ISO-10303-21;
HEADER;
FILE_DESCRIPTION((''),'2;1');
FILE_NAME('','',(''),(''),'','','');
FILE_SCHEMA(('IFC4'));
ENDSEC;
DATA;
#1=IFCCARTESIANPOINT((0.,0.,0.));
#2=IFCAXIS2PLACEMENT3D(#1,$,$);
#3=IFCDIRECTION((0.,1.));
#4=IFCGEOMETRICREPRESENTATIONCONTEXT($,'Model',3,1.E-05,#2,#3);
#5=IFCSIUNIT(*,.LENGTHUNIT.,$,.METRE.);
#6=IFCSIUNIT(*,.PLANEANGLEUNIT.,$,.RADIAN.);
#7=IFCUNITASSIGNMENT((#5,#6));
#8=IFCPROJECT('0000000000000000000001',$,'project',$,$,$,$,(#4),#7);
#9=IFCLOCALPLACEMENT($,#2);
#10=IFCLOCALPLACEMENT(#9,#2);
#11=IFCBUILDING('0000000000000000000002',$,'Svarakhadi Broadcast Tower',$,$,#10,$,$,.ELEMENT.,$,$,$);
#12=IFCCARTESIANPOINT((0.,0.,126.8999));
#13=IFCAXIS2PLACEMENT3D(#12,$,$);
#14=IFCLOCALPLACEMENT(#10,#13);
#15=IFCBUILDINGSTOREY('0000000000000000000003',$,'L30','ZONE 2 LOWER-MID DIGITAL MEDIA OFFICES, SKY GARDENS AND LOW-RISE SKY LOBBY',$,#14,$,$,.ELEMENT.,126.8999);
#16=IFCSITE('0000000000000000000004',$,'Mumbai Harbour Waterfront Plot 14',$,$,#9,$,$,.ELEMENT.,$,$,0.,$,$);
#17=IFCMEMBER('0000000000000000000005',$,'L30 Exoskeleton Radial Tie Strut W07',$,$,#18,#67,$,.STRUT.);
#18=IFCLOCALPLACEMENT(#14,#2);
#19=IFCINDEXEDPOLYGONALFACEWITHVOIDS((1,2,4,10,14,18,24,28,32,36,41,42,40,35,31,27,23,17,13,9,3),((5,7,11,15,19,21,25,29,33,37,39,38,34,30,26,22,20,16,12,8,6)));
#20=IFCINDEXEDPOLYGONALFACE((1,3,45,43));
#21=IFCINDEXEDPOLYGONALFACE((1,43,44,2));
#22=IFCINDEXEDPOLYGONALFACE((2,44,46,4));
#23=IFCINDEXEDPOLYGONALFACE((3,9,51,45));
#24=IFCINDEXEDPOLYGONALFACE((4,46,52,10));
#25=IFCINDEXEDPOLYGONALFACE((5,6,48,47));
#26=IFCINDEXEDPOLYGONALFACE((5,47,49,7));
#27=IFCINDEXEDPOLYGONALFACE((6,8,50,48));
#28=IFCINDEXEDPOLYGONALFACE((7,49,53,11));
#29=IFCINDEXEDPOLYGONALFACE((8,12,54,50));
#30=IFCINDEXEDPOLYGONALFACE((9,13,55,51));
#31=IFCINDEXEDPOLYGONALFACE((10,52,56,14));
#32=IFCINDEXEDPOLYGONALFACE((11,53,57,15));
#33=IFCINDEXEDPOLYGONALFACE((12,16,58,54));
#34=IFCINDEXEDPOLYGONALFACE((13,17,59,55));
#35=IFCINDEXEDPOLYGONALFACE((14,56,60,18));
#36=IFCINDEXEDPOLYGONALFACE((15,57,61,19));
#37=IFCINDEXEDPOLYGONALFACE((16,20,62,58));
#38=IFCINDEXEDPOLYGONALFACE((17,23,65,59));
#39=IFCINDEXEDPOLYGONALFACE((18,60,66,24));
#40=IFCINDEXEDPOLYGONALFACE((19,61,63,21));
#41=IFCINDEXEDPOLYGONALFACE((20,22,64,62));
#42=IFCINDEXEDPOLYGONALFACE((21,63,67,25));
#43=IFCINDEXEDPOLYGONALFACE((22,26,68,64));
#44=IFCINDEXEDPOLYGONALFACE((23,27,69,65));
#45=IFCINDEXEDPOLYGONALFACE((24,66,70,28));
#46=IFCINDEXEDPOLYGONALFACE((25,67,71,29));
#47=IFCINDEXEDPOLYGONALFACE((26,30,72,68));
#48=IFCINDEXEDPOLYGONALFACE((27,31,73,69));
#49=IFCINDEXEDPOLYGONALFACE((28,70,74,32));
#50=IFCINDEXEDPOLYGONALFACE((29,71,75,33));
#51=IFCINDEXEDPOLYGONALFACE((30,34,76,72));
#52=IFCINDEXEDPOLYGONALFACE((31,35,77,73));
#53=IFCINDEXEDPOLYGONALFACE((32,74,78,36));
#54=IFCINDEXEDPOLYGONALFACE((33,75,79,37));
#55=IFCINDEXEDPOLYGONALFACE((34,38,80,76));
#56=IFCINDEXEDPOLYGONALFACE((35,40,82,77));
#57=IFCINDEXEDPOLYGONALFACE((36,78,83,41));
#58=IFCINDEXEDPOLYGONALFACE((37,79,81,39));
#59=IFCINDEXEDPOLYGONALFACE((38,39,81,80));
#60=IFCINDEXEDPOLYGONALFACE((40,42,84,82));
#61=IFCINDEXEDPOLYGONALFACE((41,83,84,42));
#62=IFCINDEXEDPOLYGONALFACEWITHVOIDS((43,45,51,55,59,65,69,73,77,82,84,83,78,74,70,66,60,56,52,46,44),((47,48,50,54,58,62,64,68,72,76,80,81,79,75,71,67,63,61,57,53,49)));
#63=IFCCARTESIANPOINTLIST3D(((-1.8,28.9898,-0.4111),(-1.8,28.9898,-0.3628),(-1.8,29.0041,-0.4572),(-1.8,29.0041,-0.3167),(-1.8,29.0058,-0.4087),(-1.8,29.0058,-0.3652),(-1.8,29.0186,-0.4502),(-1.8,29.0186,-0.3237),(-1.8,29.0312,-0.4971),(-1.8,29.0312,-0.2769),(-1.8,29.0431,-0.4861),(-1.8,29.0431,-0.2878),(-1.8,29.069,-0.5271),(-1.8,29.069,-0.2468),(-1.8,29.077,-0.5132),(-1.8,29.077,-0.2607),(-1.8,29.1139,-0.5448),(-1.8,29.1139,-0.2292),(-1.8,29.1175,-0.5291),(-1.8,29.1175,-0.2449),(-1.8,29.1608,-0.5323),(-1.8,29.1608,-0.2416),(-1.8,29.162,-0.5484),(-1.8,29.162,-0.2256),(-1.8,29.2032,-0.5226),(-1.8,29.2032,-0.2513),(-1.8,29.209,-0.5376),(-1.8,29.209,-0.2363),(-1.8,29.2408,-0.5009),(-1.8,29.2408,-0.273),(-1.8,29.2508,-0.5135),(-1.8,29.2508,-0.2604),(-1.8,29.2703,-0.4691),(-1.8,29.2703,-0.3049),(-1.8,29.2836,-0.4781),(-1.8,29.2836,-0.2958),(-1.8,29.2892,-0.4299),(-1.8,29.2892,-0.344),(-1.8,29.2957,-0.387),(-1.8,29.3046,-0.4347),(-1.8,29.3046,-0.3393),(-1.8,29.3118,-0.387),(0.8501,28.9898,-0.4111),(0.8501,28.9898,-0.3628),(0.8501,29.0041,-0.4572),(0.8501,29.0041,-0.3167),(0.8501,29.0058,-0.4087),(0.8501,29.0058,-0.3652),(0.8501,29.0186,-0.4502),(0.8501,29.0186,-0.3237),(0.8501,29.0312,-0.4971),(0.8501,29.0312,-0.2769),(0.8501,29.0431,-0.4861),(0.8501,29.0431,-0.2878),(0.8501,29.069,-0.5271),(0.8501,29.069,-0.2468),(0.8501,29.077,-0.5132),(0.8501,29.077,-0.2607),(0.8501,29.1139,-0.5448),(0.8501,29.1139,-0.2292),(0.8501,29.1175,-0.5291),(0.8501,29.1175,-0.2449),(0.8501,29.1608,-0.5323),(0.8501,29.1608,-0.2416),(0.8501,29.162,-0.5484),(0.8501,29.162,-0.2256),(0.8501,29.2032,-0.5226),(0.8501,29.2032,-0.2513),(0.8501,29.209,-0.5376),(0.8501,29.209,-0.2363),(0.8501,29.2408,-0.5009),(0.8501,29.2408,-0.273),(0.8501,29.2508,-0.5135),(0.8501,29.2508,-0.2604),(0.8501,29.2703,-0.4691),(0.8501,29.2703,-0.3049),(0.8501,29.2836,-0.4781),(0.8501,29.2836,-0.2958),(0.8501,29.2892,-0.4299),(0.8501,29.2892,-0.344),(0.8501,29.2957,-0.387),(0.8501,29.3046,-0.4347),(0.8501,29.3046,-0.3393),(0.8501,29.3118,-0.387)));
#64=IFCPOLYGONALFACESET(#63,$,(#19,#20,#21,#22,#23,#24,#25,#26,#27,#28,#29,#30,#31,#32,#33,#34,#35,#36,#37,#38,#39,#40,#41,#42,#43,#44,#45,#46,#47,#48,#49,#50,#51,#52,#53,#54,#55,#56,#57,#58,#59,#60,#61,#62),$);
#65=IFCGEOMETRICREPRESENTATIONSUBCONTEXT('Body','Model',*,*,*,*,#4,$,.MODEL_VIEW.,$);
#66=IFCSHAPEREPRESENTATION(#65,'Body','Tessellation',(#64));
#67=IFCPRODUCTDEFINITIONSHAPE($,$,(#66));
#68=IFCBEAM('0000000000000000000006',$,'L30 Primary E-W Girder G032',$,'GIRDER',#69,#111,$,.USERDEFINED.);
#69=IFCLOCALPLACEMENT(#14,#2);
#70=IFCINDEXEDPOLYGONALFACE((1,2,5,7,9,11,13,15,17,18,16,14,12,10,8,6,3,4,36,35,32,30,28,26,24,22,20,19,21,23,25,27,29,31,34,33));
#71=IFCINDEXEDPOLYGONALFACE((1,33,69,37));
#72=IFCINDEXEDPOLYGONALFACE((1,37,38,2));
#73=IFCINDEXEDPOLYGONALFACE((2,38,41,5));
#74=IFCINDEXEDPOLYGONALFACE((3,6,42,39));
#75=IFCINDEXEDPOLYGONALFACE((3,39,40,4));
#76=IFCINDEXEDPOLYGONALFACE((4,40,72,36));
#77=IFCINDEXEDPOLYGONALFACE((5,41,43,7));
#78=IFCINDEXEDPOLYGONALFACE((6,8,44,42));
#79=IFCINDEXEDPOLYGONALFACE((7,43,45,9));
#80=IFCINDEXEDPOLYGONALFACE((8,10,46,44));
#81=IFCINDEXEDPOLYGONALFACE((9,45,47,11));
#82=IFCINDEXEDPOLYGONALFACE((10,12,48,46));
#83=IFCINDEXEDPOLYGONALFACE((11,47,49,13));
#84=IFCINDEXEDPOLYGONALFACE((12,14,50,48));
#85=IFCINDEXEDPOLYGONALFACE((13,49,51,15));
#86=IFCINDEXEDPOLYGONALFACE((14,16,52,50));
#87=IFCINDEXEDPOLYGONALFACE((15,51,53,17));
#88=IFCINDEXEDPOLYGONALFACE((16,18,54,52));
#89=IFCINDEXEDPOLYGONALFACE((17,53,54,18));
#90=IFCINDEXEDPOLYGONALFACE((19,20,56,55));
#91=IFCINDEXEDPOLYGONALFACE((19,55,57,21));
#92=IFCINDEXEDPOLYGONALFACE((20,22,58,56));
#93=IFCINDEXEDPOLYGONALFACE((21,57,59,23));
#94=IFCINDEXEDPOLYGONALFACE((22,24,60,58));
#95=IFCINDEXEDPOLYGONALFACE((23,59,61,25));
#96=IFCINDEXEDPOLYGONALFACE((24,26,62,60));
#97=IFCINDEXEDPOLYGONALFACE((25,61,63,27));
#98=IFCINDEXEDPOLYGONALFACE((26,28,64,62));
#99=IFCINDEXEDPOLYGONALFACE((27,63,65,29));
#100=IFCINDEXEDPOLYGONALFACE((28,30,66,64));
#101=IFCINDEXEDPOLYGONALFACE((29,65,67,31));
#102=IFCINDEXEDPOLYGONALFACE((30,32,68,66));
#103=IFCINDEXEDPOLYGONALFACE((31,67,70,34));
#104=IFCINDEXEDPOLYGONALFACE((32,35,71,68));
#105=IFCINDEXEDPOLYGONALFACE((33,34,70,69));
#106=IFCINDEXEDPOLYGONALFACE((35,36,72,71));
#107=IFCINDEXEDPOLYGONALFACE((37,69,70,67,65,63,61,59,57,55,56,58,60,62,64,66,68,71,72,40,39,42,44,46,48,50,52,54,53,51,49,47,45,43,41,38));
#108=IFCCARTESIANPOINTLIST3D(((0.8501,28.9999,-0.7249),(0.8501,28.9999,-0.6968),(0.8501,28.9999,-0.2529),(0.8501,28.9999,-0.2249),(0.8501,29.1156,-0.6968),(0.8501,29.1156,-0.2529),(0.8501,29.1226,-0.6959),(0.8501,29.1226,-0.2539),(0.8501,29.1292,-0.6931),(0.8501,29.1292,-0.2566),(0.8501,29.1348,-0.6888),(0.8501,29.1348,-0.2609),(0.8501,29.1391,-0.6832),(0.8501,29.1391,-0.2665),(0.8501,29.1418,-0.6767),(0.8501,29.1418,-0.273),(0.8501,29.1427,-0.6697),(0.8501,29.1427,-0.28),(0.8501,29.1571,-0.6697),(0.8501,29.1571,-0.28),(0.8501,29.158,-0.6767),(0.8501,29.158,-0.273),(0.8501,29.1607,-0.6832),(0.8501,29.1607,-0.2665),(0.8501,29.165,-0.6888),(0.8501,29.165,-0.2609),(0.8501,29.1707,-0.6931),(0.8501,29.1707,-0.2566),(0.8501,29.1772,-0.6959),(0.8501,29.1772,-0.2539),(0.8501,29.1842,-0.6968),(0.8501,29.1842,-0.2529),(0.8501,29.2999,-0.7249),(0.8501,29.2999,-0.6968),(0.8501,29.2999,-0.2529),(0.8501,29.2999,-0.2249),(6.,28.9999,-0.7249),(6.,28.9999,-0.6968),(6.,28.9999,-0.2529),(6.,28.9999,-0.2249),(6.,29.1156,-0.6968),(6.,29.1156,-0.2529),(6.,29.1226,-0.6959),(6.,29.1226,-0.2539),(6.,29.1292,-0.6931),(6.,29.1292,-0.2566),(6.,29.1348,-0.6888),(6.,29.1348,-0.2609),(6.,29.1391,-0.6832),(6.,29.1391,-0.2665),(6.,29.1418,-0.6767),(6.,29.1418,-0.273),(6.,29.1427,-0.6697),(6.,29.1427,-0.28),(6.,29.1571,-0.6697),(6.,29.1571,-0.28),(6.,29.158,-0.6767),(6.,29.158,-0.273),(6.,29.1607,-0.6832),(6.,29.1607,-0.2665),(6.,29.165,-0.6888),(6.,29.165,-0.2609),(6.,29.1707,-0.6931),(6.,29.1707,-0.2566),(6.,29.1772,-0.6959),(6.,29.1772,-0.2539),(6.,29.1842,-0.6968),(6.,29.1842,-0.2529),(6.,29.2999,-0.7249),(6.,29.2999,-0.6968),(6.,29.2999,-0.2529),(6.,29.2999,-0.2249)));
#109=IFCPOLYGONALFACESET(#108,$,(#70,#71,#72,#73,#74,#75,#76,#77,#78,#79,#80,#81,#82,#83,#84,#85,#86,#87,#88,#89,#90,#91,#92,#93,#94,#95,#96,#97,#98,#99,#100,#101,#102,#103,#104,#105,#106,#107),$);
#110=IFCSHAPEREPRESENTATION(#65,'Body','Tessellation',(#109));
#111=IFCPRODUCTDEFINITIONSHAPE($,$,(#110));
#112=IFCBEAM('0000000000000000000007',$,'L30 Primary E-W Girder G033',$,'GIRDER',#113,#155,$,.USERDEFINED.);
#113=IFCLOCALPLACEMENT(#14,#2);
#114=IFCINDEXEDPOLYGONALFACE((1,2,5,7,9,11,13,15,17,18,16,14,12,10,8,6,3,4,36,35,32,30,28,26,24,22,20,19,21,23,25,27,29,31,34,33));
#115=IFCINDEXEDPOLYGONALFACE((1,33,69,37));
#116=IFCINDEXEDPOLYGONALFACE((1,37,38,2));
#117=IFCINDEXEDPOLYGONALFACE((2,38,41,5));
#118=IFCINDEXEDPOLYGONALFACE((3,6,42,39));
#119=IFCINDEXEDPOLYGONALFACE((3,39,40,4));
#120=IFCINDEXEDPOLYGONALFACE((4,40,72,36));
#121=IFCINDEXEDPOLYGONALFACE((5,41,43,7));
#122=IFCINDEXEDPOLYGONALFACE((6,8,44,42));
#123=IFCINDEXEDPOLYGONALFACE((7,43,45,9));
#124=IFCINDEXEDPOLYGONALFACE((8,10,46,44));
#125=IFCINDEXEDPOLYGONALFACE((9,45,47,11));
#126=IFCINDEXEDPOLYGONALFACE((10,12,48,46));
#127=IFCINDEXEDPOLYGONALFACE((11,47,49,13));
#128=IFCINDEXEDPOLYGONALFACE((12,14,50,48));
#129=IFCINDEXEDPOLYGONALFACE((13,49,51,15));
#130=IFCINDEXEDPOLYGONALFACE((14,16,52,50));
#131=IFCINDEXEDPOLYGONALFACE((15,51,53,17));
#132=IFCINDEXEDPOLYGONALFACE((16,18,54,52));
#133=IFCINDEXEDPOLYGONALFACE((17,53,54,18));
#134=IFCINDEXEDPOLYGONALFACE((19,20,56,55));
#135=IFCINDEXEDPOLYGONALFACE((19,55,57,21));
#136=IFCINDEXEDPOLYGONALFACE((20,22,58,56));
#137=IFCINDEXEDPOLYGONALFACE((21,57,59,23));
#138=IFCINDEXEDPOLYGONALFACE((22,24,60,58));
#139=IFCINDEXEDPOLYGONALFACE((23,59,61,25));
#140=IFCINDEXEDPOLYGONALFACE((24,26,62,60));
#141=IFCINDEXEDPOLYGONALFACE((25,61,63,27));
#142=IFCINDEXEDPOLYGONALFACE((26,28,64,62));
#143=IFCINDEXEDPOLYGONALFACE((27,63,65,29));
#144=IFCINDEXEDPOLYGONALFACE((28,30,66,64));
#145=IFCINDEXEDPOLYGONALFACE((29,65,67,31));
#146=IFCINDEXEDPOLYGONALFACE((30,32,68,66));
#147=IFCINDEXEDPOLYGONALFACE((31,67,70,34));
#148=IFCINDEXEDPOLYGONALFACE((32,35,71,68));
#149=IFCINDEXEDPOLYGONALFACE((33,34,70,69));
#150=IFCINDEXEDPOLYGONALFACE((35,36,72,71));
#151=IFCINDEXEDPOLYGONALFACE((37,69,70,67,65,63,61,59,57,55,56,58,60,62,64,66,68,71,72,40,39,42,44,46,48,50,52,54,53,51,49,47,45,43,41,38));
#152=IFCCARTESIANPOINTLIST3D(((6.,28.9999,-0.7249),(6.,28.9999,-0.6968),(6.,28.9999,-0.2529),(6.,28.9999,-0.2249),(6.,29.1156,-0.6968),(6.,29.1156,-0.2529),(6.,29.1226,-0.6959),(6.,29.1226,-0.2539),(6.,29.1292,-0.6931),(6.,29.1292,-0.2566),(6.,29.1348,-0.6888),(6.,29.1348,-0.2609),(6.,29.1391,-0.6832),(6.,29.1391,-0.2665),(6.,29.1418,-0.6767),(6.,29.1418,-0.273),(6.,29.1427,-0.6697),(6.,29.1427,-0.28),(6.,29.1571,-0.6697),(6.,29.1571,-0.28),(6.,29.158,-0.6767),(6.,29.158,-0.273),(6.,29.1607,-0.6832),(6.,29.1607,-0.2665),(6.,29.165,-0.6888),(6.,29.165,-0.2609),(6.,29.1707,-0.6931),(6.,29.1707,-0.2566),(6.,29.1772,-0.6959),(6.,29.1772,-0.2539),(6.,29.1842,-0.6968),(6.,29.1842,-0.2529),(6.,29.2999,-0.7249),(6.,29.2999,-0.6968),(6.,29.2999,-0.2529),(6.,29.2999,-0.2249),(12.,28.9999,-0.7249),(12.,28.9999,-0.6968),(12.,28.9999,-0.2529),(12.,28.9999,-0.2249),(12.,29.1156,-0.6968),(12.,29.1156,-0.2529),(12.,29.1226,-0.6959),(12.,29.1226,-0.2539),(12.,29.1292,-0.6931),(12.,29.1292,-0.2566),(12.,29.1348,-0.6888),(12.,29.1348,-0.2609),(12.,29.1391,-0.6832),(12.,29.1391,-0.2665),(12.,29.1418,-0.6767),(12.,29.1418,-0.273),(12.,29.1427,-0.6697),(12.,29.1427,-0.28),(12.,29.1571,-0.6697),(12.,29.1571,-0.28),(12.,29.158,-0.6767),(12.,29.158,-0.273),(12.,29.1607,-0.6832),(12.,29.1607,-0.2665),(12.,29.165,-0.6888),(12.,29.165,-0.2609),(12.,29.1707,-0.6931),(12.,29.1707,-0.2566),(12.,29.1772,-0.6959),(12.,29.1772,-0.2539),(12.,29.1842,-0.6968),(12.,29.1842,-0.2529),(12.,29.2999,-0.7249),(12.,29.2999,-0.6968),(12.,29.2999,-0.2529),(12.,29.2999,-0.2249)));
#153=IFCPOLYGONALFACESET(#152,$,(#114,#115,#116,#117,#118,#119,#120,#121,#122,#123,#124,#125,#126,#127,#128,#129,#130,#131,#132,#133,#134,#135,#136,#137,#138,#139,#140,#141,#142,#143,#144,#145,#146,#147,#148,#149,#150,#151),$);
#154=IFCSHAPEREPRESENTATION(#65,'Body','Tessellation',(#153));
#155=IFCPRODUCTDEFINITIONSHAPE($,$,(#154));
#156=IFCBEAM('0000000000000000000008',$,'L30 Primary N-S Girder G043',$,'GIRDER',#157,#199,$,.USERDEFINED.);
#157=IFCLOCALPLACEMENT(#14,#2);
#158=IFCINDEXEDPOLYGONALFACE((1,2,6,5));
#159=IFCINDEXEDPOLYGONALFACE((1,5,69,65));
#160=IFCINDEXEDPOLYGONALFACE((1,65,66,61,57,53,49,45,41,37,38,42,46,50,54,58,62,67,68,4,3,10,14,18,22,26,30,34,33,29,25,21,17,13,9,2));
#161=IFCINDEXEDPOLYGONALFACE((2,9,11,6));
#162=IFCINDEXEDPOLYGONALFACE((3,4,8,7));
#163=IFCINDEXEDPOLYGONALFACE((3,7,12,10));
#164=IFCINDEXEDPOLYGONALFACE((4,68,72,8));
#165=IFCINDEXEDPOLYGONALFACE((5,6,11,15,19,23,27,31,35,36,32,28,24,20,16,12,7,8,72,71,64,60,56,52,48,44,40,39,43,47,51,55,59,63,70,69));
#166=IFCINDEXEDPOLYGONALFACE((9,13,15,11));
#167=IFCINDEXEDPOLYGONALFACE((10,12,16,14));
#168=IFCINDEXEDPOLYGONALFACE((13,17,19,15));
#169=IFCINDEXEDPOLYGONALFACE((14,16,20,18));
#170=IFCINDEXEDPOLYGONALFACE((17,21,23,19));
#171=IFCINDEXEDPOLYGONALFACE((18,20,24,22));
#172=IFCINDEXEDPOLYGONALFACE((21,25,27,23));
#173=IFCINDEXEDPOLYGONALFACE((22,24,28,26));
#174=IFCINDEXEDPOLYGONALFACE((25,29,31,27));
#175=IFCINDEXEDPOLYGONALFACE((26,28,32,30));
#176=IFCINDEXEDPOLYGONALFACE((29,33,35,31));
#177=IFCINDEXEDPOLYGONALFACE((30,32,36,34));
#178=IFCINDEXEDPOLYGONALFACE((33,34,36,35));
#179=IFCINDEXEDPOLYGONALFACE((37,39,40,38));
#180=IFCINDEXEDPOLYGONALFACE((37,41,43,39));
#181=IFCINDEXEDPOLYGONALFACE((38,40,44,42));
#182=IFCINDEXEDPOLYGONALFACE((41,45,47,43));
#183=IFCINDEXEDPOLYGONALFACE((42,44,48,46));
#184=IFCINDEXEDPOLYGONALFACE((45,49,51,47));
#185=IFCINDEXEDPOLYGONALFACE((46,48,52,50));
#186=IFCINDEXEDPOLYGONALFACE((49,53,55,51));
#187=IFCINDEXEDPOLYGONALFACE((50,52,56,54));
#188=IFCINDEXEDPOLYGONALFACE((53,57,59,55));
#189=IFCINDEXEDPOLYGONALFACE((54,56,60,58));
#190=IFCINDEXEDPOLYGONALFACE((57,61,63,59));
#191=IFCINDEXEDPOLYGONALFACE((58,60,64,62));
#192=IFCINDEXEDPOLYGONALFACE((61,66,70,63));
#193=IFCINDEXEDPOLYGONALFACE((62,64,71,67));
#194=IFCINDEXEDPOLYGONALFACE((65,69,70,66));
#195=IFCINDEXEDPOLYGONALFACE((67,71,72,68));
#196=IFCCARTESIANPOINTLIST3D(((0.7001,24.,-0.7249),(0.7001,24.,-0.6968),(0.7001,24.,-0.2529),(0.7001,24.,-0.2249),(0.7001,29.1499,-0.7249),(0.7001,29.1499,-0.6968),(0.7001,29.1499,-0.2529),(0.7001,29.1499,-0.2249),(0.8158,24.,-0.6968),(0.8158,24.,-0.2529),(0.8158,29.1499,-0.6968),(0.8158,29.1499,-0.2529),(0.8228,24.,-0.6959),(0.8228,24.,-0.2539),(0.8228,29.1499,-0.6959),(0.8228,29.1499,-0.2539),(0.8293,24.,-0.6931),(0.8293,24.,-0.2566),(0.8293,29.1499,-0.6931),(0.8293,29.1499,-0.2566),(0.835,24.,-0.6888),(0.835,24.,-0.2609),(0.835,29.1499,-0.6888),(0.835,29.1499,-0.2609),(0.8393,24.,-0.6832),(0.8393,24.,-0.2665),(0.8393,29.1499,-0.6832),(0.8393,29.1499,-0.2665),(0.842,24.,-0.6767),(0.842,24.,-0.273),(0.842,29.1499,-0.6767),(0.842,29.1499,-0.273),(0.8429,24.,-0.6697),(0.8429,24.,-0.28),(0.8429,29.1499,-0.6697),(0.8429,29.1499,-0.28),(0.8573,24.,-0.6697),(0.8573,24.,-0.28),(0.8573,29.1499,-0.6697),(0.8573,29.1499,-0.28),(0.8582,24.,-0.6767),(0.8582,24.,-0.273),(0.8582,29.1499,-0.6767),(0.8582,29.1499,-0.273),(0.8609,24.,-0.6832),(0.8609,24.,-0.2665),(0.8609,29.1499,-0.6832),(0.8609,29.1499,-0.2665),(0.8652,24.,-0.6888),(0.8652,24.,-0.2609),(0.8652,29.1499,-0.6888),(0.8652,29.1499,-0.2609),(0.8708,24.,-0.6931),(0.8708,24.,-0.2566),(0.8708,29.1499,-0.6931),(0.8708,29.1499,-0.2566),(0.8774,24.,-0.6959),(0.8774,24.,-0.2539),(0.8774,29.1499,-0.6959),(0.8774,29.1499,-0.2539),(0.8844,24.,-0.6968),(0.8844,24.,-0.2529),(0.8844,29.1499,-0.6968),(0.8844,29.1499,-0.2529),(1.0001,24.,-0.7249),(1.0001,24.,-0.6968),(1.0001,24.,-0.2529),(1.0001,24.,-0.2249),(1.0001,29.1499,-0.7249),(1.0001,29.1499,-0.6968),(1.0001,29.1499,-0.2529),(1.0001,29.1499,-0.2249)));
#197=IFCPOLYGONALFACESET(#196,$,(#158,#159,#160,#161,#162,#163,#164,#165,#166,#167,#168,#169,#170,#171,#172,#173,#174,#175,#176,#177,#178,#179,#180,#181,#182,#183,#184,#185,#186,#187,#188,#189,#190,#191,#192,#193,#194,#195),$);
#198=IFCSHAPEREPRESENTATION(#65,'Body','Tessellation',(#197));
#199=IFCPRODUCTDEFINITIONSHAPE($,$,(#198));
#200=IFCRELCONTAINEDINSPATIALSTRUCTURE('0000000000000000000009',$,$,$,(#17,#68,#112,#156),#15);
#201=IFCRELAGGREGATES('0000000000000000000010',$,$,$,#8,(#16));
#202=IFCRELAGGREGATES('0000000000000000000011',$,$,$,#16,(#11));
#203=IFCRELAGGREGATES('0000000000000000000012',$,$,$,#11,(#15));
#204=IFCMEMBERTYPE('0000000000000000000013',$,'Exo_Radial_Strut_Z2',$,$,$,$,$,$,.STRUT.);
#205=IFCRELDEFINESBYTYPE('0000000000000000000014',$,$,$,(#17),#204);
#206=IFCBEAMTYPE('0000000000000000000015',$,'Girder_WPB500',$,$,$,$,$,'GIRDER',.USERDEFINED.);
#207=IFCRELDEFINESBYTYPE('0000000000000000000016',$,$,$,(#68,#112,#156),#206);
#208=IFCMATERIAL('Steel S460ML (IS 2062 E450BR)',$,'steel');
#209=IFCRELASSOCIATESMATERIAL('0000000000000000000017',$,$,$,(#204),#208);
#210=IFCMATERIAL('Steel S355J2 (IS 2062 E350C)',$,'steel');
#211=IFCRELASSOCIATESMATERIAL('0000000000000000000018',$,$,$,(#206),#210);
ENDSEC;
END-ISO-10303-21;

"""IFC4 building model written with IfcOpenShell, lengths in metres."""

from ifc_helpers import new_model, si_unit, direction, frame, origin, origin_2d, place, context, subcontext, project, spatial, hollow_circle, i_section, extrude, material, material_profile, profile_set, type_object, element, save


model = new_model("IFC4")

# Units and contexts
model_context = context("Model", 3, precision=1e-05, world=origin(), true_north=direction((0.0, 1.0)))
body_context = subcontext(model_context, "Body", "Model", "MODEL_VIEW")
ifc_project = project(units=[si_unit("LENGTHUNIT", "METRE"), si_unit("PLANEANGLEUNIT", "RADIAN")], contexts=[model_context])

# Site, building, storey
site_placement = place(None, origin())
site = spatial("IfcSite", under=ifc_project, at=site_placement, Name="Mumbai Harbour Waterfront Plot 14", CompositionType="ELEMENT", RefElevation=0.0)
building_placement = place(site_placement, origin())
building = spatial("IfcBuilding", under=site, at=building_placement, Name="Svarakhadi Broadcast Tower", CompositionType="ELEMENT")
storey_placement = place(building_placement, frame((0.0, 0.0, 126.8999)))
storey = spatial("IfcBuildingStorey", under=building, at=storey_placement, Name="L30", Description="ZONE 2 LOWER-MID DIGITAL MEDIA OFFICES, SKY GARDENS AND LOW-RISE SKY LOBBY", CompositionType="ELEMENT", Elevation=126.8999)

# Shared definitions
ifc_material_1 = material(Name="Steel S460ML (IS 2062 E450BR)", Category="steel")

# Shared definitions
ifc_material_2 = material(Name="Steel S355J2 (IS 2062 E350C)", Category="steel")

# Member
ifc_material_profile_1 = material_profile(ifc_material_1, hollow_circle(Radius=0.1619, WallThickness=0.0161, at=origin_2d()), Name="CHS 323.9x16")
ifc_profile_set_1 = profile_set([ifc_material_profile_1], Name="Steel S460ML (IS 2062 E450BR)")
member_type_1 = type_object("IfcMemberType", Name="Exo_Radial_Strut_Z2", PredefinedType="STRUT", material=ifc_profile_set_1)
member_1_placement = place(storey_placement, frame((-1.8, 29.1499, -0.387), z_axis=(1.0, 0.0, 0.0), x_axis=(0.0, 1.0, 0.0)))
element("IfcMember", 1, at=member_1_placement, inside=storey, type_object=member_type_1, Name="L30 Exoskeleton Radial Tie Strut W07", PredefinedType="STRUT", context=body_context, shape_type="SweptSolid", body=[
    extrude(hollow_circle(Radius=0.1619, WallThickness=0.0161, at=origin_2d()), origin(), (0.0, 0.0, 1.0), 2.6501),
])

# Beams
ifc_material_profile_2 = material_profile(ifc_material_2, i_section(OverallWidth=0.3, OverallDepth=0.5, WebThickness=0.0144, FlangeThickness=0.0281, FilletRadius=0.0271, at=origin_2d()), Name="WPB 500x300x187")
ifc_profile_set_2 = profile_set([ifc_material_profile_2], Name="Steel S355J2 (IS 2062 E350C)")
beam_type_1 = type_object("IfcBeamType", Name="Girder_WPB500", ElementType="GIRDER", PredefinedType="USERDEFINED", material=ifc_profile_set_2)
beam_1_placement = place(storey_placement, frame((0.8501, 29.1499, -0.4749), z_axis=(1.0, 0.0, 0.0), x_axis=(0.0, 1.0, 0.0)))
element("IfcBeam", 2, at=beam_1_placement, inside=storey, type_object=beam_type_1, Name="L30 Primary E-W Girder G032", ObjectType="GIRDER", PredefinedType="USERDEFINED", context=body_context, shape_type="SweptSolid", body=[
    extrude(i_section(OverallWidth=0.3, OverallDepth=0.5, WebThickness=0.0144, FlangeThickness=0.0281, FilletRadius=0.0271, at=origin_2d()), origin(), (0.0, 0.0, 1.0), 5.1499),
])
beam_2_placement = place(storey_placement, frame((6.0, 29.1499, -0.4749), z_axis=(1.0, 0.0, 0.0), x_axis=(0.0, 1.0, 0.0)))
element("IfcBeam", 3, at=beam_2_placement, inside=storey, type_object=beam_type_1, Name="L30 Primary E-W Girder G033", ObjectType="GIRDER", PredefinedType="USERDEFINED", context=body_context, shape_type="SweptSolid", body=[
    extrude(i_section(OverallWidth=0.3, OverallDepth=0.5, WebThickness=0.0144, FlangeThickness=0.0281, FilletRadius=0.0271, at=origin_2d()), origin(), (0.0, 0.0, 1.0), 6.0),
])
beam_3_placement = place(storey_placement, frame((0.8501, 24.0, -0.4749), z_axis=(0.0, 1.0, 0.0), x_axis=(-1.0, 0.0, 0.0)))
element("IfcBeam", 4, at=beam_3_placement, inside=storey, type_object=beam_type_1, Name="L30 Primary N-S Girder G043", ObjectType="GIRDER", PredefinedType="USERDEFINED", context=body_context, shape_type="SweptSolid", body=[
    extrude(i_section(OverallWidth=0.3, OverallDepth=0.5, WebThickness=0.0144, FlangeThickness=0.0281, FilletRadius=0.0271, at=origin_2d()), origin(), (0.0, 0.0, 1.0), 5.1499),
])

save(model, "model.ifc")
